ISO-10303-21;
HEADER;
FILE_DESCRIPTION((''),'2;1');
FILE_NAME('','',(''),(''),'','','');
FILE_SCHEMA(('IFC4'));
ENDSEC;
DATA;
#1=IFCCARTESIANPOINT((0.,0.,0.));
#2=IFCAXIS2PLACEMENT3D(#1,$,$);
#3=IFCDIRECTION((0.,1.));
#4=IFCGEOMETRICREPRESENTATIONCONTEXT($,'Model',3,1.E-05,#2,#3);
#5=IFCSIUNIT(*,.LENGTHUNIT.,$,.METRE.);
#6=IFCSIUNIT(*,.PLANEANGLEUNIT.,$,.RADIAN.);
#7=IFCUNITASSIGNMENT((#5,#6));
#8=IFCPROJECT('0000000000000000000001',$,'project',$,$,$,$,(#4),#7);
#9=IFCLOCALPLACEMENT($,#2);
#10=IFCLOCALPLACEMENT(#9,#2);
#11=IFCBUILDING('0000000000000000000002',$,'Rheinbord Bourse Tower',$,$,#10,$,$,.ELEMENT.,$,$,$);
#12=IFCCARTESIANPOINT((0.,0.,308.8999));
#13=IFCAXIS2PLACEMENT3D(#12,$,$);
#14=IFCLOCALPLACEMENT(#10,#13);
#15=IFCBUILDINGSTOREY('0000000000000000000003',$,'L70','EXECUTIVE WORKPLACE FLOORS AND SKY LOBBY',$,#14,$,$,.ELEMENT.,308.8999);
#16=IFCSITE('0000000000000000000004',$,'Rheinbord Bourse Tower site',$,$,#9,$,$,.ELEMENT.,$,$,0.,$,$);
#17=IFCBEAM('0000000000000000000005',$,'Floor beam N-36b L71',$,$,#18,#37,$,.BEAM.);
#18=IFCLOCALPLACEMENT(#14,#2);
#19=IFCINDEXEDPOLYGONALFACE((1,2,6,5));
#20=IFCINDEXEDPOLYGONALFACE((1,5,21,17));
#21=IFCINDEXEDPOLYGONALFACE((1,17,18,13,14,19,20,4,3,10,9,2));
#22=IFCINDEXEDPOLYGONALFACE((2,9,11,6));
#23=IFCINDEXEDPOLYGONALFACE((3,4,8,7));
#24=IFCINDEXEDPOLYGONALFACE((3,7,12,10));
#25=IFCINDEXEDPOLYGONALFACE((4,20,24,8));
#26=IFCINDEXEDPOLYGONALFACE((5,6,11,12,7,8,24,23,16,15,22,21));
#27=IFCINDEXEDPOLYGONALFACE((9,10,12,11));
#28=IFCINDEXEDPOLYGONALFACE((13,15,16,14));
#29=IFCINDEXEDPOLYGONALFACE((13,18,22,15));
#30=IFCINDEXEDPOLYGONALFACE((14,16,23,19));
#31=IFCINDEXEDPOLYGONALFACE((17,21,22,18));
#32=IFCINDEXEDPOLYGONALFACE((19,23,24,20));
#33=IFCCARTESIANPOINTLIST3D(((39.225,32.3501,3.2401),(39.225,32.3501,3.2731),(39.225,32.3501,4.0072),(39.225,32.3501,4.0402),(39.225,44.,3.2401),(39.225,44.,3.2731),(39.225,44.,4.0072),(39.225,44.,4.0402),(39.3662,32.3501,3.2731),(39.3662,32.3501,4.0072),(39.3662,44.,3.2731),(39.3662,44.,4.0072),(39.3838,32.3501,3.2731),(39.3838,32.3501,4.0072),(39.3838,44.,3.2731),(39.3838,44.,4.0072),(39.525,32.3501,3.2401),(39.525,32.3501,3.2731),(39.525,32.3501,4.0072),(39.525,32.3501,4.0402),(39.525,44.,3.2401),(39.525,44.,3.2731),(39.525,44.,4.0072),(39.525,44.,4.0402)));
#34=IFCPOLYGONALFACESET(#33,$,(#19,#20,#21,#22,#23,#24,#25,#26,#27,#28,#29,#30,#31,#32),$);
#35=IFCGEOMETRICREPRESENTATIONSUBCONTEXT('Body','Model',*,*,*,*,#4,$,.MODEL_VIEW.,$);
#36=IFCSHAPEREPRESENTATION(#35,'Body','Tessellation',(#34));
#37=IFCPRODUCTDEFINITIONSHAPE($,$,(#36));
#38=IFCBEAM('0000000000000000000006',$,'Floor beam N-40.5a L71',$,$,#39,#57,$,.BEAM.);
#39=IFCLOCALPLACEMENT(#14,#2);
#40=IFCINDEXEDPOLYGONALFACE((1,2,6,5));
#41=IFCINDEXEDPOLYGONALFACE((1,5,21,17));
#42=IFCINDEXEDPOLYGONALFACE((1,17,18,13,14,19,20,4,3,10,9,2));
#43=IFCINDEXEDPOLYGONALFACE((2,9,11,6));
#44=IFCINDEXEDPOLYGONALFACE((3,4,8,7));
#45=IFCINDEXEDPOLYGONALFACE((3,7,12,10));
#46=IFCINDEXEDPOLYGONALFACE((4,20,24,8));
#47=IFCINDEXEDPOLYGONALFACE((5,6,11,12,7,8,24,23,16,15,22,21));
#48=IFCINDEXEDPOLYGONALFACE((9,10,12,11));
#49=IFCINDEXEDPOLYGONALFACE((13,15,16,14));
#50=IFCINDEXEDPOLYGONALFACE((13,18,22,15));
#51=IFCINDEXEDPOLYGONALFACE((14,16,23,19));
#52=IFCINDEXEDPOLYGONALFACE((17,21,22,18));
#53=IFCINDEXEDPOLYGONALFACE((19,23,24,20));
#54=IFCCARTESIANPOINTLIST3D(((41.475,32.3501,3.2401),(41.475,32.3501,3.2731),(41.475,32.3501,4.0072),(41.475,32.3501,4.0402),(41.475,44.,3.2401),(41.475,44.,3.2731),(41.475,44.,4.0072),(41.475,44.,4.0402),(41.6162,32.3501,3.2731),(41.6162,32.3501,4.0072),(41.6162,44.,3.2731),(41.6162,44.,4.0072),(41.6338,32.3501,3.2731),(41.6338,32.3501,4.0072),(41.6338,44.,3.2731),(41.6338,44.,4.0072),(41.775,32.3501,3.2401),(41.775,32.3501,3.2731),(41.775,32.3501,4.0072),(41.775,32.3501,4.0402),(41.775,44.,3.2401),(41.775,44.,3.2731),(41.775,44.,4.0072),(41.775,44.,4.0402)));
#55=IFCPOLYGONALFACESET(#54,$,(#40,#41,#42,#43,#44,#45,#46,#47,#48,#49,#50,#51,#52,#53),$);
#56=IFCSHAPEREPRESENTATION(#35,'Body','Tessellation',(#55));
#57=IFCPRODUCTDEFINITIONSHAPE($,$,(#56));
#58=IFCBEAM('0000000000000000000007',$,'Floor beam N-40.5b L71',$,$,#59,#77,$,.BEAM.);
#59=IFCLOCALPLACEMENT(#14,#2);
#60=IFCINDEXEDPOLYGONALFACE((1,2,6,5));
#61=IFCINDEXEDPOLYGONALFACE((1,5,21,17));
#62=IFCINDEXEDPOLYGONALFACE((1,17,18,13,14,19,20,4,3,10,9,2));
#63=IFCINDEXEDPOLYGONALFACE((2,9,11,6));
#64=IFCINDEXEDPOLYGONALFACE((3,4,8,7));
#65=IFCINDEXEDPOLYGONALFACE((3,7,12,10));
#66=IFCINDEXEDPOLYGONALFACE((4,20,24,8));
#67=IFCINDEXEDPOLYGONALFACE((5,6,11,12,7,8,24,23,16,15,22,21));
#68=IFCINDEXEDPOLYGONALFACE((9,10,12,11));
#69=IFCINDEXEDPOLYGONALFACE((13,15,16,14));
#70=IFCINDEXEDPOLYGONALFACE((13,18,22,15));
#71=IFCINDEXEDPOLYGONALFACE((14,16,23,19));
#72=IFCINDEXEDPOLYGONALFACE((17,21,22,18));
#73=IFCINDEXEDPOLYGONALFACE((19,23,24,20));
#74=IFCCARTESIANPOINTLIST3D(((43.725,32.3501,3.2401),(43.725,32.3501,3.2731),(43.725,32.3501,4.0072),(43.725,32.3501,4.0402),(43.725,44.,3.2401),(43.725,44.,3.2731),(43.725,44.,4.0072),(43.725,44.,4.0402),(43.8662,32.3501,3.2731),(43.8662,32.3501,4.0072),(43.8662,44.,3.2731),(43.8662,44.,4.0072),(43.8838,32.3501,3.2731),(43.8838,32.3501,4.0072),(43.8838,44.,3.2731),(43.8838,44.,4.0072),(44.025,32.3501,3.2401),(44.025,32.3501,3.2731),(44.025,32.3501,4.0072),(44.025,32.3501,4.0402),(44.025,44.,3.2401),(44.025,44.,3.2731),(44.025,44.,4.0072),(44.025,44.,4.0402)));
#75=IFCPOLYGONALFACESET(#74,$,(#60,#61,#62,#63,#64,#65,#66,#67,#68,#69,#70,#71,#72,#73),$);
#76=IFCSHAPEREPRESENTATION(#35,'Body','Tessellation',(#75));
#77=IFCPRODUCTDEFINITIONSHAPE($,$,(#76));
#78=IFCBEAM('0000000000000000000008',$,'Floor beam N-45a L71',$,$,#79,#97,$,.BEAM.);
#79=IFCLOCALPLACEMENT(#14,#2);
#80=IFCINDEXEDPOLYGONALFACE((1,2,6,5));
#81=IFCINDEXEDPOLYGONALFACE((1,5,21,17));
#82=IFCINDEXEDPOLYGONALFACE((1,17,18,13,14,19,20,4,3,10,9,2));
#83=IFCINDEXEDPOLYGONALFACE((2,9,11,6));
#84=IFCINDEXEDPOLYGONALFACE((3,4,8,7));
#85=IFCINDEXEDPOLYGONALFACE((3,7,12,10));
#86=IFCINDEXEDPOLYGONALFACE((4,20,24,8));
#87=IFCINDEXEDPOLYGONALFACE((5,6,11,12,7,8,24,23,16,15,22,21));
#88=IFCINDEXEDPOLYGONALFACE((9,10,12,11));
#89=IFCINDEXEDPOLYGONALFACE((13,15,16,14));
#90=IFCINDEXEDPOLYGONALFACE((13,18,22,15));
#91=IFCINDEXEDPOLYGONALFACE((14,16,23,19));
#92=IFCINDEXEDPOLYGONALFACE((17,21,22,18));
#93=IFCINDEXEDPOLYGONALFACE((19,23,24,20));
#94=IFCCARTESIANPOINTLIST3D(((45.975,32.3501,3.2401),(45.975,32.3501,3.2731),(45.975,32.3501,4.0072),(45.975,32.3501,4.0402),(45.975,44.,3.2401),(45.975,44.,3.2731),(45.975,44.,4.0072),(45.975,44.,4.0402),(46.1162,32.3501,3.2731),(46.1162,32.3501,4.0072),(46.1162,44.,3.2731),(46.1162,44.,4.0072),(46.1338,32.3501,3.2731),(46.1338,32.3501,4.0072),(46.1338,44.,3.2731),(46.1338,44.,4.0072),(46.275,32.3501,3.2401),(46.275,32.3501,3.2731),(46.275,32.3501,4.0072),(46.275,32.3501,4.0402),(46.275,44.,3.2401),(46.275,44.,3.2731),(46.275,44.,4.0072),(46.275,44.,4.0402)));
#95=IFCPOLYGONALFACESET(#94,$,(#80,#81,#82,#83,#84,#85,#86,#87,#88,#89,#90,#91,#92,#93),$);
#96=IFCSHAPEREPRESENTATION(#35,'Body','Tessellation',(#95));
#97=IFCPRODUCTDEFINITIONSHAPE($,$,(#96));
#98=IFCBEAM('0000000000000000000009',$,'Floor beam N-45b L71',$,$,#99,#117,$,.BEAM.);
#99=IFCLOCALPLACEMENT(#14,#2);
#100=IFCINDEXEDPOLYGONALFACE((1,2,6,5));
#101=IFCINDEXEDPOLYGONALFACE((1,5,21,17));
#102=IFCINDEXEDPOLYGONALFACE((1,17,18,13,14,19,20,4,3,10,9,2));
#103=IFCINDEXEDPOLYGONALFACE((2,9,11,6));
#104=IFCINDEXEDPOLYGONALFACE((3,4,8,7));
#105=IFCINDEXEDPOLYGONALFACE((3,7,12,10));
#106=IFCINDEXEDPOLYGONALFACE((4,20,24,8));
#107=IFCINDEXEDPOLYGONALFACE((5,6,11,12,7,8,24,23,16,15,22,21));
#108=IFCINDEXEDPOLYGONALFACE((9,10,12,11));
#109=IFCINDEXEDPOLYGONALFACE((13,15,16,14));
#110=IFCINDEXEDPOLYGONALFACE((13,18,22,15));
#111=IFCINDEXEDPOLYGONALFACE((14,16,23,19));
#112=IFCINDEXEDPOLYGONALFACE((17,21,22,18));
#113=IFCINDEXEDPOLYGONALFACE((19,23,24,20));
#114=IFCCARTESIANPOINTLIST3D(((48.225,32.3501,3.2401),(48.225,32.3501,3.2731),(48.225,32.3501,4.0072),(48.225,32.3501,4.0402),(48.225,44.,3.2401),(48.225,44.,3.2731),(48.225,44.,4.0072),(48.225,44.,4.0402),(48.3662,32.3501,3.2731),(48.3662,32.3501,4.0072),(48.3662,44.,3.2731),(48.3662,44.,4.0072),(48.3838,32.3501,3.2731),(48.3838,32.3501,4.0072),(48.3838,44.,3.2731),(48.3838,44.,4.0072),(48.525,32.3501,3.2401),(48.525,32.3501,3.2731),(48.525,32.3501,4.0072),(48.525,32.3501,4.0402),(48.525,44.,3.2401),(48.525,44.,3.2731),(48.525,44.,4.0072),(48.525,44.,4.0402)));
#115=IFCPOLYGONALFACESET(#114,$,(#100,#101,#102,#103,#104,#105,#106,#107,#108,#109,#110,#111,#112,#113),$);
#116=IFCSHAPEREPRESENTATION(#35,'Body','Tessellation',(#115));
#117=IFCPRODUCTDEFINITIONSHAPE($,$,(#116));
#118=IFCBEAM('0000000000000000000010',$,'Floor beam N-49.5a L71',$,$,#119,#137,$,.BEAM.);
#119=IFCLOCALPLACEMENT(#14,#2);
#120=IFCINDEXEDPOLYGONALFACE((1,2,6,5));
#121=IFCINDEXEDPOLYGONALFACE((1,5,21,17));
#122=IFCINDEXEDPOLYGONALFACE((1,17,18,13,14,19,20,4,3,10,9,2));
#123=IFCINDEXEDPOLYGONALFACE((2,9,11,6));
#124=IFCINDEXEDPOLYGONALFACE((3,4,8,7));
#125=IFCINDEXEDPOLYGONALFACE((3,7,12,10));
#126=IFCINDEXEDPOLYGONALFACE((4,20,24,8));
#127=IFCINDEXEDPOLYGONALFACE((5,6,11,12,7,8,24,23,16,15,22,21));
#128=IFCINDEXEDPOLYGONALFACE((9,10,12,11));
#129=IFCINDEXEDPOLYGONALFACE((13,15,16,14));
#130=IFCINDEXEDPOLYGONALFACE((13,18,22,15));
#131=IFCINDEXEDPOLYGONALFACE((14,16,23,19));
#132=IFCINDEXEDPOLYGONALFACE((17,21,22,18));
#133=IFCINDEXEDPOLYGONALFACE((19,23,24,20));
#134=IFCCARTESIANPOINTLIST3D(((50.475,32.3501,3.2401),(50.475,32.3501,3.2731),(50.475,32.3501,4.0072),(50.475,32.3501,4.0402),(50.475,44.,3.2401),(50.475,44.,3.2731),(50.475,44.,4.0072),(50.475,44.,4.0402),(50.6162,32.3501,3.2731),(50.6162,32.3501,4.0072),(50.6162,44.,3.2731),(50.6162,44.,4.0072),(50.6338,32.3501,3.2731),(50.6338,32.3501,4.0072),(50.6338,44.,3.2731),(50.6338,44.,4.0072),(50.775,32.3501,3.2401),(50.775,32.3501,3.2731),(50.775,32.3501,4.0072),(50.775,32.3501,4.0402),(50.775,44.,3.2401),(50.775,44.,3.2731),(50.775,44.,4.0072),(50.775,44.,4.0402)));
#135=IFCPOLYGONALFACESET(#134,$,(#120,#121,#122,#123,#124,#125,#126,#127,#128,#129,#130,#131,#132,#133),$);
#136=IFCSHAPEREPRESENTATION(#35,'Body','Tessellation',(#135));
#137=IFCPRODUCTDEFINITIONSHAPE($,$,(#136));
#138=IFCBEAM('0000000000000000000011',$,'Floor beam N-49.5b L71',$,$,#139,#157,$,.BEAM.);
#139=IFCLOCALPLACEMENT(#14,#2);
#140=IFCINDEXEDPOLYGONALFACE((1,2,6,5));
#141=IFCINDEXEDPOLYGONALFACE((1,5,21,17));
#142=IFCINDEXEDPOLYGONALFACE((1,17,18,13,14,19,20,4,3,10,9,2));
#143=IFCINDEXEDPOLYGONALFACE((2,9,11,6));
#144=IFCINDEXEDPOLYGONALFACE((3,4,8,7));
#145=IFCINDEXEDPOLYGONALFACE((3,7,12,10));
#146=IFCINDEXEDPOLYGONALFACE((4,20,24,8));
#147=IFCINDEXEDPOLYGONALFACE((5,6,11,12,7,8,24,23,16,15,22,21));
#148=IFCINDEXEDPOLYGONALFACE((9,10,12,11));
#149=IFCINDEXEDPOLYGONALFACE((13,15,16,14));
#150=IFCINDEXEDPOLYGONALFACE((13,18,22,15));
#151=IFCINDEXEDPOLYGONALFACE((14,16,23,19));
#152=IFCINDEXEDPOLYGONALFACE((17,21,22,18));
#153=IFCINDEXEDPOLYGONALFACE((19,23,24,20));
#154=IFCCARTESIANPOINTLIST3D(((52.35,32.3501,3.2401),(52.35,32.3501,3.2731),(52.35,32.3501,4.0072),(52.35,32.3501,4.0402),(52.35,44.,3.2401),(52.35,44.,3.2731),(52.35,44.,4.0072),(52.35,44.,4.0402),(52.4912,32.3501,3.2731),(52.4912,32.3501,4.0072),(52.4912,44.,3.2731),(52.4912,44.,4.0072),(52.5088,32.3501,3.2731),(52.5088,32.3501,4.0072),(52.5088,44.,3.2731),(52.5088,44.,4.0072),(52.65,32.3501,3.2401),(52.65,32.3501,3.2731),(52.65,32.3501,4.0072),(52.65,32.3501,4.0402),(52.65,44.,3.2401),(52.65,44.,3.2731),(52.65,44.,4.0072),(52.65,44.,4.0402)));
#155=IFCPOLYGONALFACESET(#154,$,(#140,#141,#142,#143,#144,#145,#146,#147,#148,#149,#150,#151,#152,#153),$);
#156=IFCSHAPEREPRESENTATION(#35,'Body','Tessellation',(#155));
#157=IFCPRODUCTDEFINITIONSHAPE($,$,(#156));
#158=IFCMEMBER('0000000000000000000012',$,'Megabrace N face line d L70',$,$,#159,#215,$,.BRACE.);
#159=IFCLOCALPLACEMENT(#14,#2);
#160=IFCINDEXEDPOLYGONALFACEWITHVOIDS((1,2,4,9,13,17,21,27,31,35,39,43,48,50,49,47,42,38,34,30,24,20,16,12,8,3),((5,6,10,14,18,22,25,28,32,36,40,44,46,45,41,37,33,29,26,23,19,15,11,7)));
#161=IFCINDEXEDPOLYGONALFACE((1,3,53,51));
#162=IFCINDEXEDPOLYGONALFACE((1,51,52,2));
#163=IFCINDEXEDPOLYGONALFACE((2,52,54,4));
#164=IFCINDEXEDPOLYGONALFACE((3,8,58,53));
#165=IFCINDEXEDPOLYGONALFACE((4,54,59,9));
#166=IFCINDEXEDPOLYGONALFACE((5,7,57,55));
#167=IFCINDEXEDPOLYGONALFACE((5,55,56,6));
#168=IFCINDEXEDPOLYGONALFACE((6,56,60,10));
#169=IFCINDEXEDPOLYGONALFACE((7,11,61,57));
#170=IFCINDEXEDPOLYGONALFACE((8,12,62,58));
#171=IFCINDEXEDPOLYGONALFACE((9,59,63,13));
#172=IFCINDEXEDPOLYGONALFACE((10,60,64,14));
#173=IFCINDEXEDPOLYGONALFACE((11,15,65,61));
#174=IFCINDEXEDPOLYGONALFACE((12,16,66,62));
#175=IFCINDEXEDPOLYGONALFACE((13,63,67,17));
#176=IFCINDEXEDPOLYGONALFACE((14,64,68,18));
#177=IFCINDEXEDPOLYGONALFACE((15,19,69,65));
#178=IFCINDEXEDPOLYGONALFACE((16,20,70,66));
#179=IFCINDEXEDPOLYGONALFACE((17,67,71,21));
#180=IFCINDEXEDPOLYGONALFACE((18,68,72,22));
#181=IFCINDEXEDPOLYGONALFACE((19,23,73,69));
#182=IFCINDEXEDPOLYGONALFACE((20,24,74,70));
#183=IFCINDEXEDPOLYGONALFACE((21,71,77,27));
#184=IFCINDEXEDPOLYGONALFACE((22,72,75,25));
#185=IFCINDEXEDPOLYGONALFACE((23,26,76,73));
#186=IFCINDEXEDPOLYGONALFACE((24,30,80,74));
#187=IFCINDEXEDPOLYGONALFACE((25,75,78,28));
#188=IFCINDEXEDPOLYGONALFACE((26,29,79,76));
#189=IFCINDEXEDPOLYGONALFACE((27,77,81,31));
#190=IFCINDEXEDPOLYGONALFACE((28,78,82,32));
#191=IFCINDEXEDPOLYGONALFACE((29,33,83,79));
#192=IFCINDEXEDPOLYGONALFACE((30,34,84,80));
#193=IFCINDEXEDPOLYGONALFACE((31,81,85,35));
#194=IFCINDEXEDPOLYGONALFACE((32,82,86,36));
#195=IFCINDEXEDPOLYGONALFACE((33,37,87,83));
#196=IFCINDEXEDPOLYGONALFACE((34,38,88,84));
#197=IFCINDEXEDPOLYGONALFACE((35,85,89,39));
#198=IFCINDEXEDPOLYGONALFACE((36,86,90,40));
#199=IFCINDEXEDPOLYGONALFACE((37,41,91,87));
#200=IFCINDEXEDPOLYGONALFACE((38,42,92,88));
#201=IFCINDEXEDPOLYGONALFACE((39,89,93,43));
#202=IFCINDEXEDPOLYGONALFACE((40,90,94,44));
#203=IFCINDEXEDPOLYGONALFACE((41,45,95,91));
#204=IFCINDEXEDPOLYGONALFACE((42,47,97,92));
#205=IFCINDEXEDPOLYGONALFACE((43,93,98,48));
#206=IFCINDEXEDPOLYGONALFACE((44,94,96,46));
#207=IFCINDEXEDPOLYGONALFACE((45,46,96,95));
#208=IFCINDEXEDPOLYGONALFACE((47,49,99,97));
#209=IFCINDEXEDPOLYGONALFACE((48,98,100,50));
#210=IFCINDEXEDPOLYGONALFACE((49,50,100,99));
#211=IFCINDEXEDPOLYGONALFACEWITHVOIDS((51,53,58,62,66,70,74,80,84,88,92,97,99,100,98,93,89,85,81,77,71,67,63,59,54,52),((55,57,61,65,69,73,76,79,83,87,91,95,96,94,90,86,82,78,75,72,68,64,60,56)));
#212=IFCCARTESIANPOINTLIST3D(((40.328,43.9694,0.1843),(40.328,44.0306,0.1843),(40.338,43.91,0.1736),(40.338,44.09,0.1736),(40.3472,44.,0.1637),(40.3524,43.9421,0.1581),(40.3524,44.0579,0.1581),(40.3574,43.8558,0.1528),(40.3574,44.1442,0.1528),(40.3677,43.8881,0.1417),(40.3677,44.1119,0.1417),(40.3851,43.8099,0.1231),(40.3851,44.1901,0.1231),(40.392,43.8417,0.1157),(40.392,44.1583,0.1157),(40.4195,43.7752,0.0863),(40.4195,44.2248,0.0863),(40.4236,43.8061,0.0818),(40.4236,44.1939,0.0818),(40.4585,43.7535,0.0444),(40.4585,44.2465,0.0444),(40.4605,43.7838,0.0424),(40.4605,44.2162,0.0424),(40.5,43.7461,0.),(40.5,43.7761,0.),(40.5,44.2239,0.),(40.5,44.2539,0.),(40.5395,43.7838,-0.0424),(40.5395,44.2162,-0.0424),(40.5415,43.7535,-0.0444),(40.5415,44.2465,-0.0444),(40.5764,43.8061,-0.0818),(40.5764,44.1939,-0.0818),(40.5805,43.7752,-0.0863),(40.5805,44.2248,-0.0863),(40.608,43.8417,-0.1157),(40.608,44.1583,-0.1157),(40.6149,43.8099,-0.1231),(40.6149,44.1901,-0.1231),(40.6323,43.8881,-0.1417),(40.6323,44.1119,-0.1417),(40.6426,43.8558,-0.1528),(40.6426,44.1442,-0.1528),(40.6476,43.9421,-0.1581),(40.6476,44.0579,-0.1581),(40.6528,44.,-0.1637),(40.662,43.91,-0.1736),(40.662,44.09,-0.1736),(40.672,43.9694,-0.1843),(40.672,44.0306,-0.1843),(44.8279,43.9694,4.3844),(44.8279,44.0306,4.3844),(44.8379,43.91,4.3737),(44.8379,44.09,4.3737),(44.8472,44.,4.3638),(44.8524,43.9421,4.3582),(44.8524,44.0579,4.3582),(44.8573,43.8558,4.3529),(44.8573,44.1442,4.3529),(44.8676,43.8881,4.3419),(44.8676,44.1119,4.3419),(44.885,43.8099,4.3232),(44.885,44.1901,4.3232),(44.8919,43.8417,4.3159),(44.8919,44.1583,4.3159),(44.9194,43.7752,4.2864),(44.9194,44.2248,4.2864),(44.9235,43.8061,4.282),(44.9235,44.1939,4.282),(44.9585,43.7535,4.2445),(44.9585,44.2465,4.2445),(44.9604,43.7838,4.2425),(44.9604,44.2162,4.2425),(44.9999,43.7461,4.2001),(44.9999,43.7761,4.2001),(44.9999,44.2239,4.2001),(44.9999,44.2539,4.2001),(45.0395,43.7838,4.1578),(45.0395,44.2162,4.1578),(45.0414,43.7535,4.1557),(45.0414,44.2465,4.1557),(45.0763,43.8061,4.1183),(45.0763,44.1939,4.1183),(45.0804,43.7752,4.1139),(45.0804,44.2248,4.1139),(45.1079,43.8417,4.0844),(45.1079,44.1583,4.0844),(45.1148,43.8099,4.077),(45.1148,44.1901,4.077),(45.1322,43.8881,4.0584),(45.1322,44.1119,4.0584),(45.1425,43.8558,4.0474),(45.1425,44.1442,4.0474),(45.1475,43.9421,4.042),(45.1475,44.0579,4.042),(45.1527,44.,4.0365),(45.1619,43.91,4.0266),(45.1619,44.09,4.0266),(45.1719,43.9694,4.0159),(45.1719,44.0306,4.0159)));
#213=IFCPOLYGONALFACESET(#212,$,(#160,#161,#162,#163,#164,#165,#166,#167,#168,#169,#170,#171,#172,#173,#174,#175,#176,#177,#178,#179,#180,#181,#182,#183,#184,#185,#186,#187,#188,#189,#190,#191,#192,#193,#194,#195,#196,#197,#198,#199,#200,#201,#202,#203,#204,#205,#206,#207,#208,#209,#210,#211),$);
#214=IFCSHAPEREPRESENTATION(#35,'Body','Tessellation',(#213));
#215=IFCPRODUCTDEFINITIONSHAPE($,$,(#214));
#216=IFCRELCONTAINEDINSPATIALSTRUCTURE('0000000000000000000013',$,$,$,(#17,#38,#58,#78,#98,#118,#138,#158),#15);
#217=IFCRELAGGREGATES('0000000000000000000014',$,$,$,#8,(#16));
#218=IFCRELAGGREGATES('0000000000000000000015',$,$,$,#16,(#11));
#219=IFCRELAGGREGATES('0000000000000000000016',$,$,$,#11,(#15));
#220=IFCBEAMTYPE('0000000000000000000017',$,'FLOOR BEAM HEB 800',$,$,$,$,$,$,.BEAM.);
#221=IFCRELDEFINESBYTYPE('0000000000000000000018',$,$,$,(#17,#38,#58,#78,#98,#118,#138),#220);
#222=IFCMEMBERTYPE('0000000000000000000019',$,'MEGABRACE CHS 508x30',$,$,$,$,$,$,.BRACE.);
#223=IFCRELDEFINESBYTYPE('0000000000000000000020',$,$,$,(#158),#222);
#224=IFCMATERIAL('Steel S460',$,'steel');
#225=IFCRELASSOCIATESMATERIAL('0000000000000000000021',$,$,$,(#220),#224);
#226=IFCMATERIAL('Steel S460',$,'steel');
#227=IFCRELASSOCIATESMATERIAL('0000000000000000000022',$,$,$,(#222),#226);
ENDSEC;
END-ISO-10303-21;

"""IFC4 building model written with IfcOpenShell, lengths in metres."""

from ifc_helpers import new_model, si_unit, direction, frame, origin, origin_2d, place, context, subcontext, project, spatial, hollow_circle, i_section, extrude, material, material_profile, profile_set, type_object, element, save


model = new_model("IFC4")

# Units and contexts
model_context = context("Model", 3, precision=1e-05, world=origin(), true_north=direction((0.0, 1.0)))
body_context = subcontext(model_context, "Body", "Model", "MODEL_VIEW")
ifc_project = project(units=[si_unit("LENGTHUNIT", "METRE"), si_unit("PLANEANGLEUNIT", "RADIAN")], contexts=[model_context])

# Site, building, storey
site_placement = place(None, origin())
site = spatial("IfcSite", under=ifc_project, at=site_placement, Name="Rheinbord Bourse Tower site", CompositionType="ELEMENT", RefElevation=0.0)
building_placement = place(site_placement, origin())
building = spatial("IfcBuilding", under=site, at=building_placement, Name="Rheinbord Bourse Tower", CompositionType="ELEMENT")
storey_placement = place(building_placement, frame((0.0, 0.0, 308.8999)))
storey = spatial("IfcBuildingStorey", under=building, at=storey_placement, Name="L70", Description="EXECUTIVE WORKPLACE FLOORS AND SKY LOBBY", CompositionType="ELEMENT", Elevation=308.8999)

# Beams
ifc_material_1 = material(Name="Steel S460", Category="steel")
ifc_material_profile_1 = material_profile(ifc_material_1, i_section(OverallWidth=0.3, OverallDepth=0.8, WebThickness=0.0176, FlangeThickness=0.033, at=origin_2d()), Name="HEB 800")
ifc_profile_set_1 = profile_set([ifc_material_profile_1], Name="Steel S460")
beam_type_1 = type_object("IfcBeamType", Name="FLOOR BEAM HEB 800", PredefinedType="BEAM", material=ifc_profile_set_1)
for number, where, z_axis, x_axis, name in (
    (1, (39.375, 44.0, 3.6401), (0.0, -1.0, 0.0), (1.0, 0.0, 0.0), "Floor beam N-36b L71"),
    (2, (41.625, 44.0, 3.6401), (0.0, -1.0, 0.0), (1.0, 0.0, 0.0), "Floor beam N-40.5a L71"),
    (3, (43.875, 44.0, 3.6401), (0.0, -1.0, 0.0), (1.0, 0.0, 0.0), "Floor beam N-40.5b L71"),
    (4, (46.125, 44.0, 3.6401), (0.0, -1.0, 0.0), (1.0, 0.0, 0.0), "Floor beam N-45a L71"),
    (5, (48.375, 44.0, 3.6401), (0.0, -1.0, 0.0), (1.0, 0.0, 0.0), "Floor beam N-45b L71"),
    (6, (50.625, 44.0, 3.6401), (0.0, -1.0, 0.0), (1.0, 0.0, 0.0), "Floor beam N-49.5a L71"),
    (7, (52.5, 44.0, 3.6401), (0.0, -1.0, 0.0), (1.0, 0.0, 0.0), "Floor beam N-49.5b L71"),
):
    element("IfcBeam", number, at=place(storey_placement, frame(where, z_axis=z_axis, x_axis=x_axis)), inside=storey, type_object=beam_type_1, Name=name, PredefinedType="BEAM", context=body_context, shape_type="SweptSolid", body=[
        extrude(i_section(OverallWidth=0.3, OverallDepth=0.8, WebThickness=0.0176, FlangeThickness=0.033, at=origin_2d()), origin(), (0.0, 0.0, 1.0), 11.6499),
    ])

# Member
ifc_material_2 = material(Name="Steel S460", Category="steel")
ifc_material_profile_2 = material_profile(ifc_material_2, hollow_circle(Radius=0.2539, WallThickness=0.03, at=origin_2d()), Name="CHS 508x30")
ifc_profile_set_2 = profile_set([ifc_material_profile_2], Name="Steel S460")
member_type_1 = type_object("IfcMemberType", Name="MEGABRACE CHS 508x30", PredefinedType="BRACE", material=ifc_profile_set_2)
member_1_placement = place(storey_placement, frame((40.5, 44.0, 0.0), z_axis=(0.731039, 0.0, 0.682335), x_axis=(0.0, 1.0, 0.0)))
element("IfcMember", 8, at=member_1_placement, inside=storey, type_object=member_type_1, Name="Megabrace N face line d L70", PredefinedType="BRACE", context=body_context, shape_type="SweptSolid", body=[
    extrude(hollow_circle(Radius=0.2539, WallThickness=0.03, at=origin_2d()), origin(), (0.0, 0.0, 1.0), 6.1555),
])

save(model, "model.ifc")
